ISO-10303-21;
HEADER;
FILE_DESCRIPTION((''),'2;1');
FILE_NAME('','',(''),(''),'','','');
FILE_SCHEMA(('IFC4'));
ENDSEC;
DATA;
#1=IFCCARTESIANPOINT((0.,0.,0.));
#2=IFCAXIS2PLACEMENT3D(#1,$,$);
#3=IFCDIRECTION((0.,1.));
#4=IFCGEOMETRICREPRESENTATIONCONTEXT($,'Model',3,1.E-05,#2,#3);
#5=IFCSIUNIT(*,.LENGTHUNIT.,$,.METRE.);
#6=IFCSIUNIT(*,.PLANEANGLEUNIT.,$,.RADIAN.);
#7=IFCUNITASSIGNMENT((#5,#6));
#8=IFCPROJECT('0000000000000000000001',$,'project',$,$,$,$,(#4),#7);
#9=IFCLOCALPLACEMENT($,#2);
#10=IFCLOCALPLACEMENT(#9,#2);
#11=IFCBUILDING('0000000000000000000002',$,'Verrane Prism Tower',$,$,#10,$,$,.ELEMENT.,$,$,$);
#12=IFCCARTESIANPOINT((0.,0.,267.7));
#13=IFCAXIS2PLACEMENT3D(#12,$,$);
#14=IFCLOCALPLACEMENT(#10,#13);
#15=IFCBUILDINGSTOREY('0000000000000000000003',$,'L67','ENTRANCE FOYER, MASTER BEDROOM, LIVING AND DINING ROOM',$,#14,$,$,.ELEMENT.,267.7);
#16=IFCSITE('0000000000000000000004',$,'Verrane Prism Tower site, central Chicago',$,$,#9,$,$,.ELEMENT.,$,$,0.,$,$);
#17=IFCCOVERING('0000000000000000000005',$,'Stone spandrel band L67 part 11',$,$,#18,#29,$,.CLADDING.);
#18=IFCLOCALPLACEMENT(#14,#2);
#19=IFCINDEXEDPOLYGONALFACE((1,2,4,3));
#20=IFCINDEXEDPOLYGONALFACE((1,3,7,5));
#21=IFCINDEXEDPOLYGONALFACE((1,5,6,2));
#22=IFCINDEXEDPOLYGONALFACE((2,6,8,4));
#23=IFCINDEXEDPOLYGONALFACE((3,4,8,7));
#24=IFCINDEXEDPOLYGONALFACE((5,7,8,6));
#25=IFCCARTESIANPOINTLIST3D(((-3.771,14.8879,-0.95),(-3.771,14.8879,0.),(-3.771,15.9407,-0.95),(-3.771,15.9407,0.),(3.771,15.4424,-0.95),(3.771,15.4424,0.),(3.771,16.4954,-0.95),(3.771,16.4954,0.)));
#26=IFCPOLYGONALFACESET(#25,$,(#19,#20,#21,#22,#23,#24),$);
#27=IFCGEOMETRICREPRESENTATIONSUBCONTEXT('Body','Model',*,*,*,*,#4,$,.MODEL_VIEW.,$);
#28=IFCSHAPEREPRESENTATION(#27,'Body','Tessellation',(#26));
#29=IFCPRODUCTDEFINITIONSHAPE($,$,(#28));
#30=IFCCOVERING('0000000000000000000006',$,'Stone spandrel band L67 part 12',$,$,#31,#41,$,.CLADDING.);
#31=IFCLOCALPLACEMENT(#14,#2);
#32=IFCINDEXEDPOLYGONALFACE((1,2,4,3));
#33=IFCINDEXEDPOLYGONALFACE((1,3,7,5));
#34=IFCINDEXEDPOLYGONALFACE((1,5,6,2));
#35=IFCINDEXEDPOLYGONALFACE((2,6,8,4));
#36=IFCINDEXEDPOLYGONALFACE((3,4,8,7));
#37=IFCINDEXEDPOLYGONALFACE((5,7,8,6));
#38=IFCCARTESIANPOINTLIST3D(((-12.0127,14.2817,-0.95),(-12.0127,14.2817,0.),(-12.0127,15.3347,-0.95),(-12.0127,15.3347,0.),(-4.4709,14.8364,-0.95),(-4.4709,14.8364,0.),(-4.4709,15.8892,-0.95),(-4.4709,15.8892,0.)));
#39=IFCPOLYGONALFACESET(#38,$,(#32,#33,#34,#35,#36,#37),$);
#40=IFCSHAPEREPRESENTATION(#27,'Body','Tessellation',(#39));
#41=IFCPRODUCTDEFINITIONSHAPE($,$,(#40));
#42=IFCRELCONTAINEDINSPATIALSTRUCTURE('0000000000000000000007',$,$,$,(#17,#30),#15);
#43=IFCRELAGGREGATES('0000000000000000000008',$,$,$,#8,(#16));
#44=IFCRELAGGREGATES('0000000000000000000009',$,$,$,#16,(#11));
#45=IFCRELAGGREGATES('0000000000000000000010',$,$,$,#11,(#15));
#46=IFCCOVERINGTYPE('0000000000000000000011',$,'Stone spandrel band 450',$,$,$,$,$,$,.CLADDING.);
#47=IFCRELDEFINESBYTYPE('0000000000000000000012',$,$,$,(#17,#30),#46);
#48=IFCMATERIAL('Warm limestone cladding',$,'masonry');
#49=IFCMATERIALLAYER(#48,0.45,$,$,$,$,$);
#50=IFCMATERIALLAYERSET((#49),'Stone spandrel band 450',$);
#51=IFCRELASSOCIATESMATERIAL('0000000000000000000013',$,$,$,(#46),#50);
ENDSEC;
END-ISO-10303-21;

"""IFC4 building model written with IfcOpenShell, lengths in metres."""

from ifc_helpers import new_model, si_unit, direction, frame, origin, place, context, subcontext, project, spatial, polyline, outline, extrude, material, layer, layer_set, type_object, element, save


model = new_model("IFC4")

# Units and contexts
model_context = context("Model", 3, precision=1e-05, world=origin(), true_north=direction((0.0, 1.0)))
body_context = subcontext(model_context, "Body", "Model", "MODEL_VIEW")
ifc_project = project(units=[si_unit("LENGTHUNIT", "METRE"), si_unit("PLANEANGLEUNIT", "RADIAN")], contexts=[model_context])

# Site, building, storey
site_placement = place(None, origin())
site = spatial("IfcSite", under=ifc_project, at=site_placement, Name="Verrane Prism Tower site, central Chicago", CompositionType="ELEMENT", RefElevation=0.0)
building_placement = place(site_placement, origin())
building = spatial("IfcBuilding", under=site, at=building_placement, Name="Verrane Prism Tower", CompositionType="ELEMENT")
storey_placement = place(building_placement, frame((0.0, 0.0, 267.7)))
storey = spatial("IfcBuildingStorey", under=building, at=storey_placement, Name="L67", Description="ENTRANCE FOYER, MASTER BEDROOM, LIVING AND DINING ROOM", CompositionType="ELEMENT", Elevation=267.7)

# Coverings
ifc_material_1 = material(Name="Warm limestone cladding", Category="masonry")
ifc_layer_1 = layer(ifc_material_1, 0.45)
ifc_layer_set_1 = layer_set([ifc_layer_1], Name="Stone spandrel band 450")
covering_type = type_object("IfcCoveringType", Name="Stone spandrel band 450", PredefinedType="CLADDING", material=ifc_layer_set_1)
covering_1_placement = place(storey_placement, frame((0.0, 0.0, -0.95)))
element("IfcCovering", 1, at=covering_1_placement, inside=storey, type_object=covering_type, Name="Stone spandrel band L67 part 11", PredefinedType="CLADDING", context=body_context, shape_type="SweptSolid", body=[
    extrude(outline(polyline([(-3.771, 14.8879), (3.771, 15.4424), (3.771, 16.4954), (-3.771, 15.9407), (-3.771, 14.8879)])), origin(), (0.0, 0.0, 1.0), 0.95),
])
covering_2_placement = place(storey_placement, frame((0.0, 0.0, -0.95)))
element("IfcCovering", 2, at=covering_2_placement, inside=storey, type_object=covering_type, Name="Stone spandrel band L67 part 12", PredefinedType="CLADDING", context=body_context, shape_type="SweptSolid", body=[
    extrude(outline(polyline([(-12.0127, 14.2817), (-4.4709, 14.8364), (-4.4709, 15.8892), (-12.0127, 15.3347), (-12.0127, 14.2817)])), origin(), (0.0, 0.0, 1.0), 0.95),
])

save(model, "model.ifc")
